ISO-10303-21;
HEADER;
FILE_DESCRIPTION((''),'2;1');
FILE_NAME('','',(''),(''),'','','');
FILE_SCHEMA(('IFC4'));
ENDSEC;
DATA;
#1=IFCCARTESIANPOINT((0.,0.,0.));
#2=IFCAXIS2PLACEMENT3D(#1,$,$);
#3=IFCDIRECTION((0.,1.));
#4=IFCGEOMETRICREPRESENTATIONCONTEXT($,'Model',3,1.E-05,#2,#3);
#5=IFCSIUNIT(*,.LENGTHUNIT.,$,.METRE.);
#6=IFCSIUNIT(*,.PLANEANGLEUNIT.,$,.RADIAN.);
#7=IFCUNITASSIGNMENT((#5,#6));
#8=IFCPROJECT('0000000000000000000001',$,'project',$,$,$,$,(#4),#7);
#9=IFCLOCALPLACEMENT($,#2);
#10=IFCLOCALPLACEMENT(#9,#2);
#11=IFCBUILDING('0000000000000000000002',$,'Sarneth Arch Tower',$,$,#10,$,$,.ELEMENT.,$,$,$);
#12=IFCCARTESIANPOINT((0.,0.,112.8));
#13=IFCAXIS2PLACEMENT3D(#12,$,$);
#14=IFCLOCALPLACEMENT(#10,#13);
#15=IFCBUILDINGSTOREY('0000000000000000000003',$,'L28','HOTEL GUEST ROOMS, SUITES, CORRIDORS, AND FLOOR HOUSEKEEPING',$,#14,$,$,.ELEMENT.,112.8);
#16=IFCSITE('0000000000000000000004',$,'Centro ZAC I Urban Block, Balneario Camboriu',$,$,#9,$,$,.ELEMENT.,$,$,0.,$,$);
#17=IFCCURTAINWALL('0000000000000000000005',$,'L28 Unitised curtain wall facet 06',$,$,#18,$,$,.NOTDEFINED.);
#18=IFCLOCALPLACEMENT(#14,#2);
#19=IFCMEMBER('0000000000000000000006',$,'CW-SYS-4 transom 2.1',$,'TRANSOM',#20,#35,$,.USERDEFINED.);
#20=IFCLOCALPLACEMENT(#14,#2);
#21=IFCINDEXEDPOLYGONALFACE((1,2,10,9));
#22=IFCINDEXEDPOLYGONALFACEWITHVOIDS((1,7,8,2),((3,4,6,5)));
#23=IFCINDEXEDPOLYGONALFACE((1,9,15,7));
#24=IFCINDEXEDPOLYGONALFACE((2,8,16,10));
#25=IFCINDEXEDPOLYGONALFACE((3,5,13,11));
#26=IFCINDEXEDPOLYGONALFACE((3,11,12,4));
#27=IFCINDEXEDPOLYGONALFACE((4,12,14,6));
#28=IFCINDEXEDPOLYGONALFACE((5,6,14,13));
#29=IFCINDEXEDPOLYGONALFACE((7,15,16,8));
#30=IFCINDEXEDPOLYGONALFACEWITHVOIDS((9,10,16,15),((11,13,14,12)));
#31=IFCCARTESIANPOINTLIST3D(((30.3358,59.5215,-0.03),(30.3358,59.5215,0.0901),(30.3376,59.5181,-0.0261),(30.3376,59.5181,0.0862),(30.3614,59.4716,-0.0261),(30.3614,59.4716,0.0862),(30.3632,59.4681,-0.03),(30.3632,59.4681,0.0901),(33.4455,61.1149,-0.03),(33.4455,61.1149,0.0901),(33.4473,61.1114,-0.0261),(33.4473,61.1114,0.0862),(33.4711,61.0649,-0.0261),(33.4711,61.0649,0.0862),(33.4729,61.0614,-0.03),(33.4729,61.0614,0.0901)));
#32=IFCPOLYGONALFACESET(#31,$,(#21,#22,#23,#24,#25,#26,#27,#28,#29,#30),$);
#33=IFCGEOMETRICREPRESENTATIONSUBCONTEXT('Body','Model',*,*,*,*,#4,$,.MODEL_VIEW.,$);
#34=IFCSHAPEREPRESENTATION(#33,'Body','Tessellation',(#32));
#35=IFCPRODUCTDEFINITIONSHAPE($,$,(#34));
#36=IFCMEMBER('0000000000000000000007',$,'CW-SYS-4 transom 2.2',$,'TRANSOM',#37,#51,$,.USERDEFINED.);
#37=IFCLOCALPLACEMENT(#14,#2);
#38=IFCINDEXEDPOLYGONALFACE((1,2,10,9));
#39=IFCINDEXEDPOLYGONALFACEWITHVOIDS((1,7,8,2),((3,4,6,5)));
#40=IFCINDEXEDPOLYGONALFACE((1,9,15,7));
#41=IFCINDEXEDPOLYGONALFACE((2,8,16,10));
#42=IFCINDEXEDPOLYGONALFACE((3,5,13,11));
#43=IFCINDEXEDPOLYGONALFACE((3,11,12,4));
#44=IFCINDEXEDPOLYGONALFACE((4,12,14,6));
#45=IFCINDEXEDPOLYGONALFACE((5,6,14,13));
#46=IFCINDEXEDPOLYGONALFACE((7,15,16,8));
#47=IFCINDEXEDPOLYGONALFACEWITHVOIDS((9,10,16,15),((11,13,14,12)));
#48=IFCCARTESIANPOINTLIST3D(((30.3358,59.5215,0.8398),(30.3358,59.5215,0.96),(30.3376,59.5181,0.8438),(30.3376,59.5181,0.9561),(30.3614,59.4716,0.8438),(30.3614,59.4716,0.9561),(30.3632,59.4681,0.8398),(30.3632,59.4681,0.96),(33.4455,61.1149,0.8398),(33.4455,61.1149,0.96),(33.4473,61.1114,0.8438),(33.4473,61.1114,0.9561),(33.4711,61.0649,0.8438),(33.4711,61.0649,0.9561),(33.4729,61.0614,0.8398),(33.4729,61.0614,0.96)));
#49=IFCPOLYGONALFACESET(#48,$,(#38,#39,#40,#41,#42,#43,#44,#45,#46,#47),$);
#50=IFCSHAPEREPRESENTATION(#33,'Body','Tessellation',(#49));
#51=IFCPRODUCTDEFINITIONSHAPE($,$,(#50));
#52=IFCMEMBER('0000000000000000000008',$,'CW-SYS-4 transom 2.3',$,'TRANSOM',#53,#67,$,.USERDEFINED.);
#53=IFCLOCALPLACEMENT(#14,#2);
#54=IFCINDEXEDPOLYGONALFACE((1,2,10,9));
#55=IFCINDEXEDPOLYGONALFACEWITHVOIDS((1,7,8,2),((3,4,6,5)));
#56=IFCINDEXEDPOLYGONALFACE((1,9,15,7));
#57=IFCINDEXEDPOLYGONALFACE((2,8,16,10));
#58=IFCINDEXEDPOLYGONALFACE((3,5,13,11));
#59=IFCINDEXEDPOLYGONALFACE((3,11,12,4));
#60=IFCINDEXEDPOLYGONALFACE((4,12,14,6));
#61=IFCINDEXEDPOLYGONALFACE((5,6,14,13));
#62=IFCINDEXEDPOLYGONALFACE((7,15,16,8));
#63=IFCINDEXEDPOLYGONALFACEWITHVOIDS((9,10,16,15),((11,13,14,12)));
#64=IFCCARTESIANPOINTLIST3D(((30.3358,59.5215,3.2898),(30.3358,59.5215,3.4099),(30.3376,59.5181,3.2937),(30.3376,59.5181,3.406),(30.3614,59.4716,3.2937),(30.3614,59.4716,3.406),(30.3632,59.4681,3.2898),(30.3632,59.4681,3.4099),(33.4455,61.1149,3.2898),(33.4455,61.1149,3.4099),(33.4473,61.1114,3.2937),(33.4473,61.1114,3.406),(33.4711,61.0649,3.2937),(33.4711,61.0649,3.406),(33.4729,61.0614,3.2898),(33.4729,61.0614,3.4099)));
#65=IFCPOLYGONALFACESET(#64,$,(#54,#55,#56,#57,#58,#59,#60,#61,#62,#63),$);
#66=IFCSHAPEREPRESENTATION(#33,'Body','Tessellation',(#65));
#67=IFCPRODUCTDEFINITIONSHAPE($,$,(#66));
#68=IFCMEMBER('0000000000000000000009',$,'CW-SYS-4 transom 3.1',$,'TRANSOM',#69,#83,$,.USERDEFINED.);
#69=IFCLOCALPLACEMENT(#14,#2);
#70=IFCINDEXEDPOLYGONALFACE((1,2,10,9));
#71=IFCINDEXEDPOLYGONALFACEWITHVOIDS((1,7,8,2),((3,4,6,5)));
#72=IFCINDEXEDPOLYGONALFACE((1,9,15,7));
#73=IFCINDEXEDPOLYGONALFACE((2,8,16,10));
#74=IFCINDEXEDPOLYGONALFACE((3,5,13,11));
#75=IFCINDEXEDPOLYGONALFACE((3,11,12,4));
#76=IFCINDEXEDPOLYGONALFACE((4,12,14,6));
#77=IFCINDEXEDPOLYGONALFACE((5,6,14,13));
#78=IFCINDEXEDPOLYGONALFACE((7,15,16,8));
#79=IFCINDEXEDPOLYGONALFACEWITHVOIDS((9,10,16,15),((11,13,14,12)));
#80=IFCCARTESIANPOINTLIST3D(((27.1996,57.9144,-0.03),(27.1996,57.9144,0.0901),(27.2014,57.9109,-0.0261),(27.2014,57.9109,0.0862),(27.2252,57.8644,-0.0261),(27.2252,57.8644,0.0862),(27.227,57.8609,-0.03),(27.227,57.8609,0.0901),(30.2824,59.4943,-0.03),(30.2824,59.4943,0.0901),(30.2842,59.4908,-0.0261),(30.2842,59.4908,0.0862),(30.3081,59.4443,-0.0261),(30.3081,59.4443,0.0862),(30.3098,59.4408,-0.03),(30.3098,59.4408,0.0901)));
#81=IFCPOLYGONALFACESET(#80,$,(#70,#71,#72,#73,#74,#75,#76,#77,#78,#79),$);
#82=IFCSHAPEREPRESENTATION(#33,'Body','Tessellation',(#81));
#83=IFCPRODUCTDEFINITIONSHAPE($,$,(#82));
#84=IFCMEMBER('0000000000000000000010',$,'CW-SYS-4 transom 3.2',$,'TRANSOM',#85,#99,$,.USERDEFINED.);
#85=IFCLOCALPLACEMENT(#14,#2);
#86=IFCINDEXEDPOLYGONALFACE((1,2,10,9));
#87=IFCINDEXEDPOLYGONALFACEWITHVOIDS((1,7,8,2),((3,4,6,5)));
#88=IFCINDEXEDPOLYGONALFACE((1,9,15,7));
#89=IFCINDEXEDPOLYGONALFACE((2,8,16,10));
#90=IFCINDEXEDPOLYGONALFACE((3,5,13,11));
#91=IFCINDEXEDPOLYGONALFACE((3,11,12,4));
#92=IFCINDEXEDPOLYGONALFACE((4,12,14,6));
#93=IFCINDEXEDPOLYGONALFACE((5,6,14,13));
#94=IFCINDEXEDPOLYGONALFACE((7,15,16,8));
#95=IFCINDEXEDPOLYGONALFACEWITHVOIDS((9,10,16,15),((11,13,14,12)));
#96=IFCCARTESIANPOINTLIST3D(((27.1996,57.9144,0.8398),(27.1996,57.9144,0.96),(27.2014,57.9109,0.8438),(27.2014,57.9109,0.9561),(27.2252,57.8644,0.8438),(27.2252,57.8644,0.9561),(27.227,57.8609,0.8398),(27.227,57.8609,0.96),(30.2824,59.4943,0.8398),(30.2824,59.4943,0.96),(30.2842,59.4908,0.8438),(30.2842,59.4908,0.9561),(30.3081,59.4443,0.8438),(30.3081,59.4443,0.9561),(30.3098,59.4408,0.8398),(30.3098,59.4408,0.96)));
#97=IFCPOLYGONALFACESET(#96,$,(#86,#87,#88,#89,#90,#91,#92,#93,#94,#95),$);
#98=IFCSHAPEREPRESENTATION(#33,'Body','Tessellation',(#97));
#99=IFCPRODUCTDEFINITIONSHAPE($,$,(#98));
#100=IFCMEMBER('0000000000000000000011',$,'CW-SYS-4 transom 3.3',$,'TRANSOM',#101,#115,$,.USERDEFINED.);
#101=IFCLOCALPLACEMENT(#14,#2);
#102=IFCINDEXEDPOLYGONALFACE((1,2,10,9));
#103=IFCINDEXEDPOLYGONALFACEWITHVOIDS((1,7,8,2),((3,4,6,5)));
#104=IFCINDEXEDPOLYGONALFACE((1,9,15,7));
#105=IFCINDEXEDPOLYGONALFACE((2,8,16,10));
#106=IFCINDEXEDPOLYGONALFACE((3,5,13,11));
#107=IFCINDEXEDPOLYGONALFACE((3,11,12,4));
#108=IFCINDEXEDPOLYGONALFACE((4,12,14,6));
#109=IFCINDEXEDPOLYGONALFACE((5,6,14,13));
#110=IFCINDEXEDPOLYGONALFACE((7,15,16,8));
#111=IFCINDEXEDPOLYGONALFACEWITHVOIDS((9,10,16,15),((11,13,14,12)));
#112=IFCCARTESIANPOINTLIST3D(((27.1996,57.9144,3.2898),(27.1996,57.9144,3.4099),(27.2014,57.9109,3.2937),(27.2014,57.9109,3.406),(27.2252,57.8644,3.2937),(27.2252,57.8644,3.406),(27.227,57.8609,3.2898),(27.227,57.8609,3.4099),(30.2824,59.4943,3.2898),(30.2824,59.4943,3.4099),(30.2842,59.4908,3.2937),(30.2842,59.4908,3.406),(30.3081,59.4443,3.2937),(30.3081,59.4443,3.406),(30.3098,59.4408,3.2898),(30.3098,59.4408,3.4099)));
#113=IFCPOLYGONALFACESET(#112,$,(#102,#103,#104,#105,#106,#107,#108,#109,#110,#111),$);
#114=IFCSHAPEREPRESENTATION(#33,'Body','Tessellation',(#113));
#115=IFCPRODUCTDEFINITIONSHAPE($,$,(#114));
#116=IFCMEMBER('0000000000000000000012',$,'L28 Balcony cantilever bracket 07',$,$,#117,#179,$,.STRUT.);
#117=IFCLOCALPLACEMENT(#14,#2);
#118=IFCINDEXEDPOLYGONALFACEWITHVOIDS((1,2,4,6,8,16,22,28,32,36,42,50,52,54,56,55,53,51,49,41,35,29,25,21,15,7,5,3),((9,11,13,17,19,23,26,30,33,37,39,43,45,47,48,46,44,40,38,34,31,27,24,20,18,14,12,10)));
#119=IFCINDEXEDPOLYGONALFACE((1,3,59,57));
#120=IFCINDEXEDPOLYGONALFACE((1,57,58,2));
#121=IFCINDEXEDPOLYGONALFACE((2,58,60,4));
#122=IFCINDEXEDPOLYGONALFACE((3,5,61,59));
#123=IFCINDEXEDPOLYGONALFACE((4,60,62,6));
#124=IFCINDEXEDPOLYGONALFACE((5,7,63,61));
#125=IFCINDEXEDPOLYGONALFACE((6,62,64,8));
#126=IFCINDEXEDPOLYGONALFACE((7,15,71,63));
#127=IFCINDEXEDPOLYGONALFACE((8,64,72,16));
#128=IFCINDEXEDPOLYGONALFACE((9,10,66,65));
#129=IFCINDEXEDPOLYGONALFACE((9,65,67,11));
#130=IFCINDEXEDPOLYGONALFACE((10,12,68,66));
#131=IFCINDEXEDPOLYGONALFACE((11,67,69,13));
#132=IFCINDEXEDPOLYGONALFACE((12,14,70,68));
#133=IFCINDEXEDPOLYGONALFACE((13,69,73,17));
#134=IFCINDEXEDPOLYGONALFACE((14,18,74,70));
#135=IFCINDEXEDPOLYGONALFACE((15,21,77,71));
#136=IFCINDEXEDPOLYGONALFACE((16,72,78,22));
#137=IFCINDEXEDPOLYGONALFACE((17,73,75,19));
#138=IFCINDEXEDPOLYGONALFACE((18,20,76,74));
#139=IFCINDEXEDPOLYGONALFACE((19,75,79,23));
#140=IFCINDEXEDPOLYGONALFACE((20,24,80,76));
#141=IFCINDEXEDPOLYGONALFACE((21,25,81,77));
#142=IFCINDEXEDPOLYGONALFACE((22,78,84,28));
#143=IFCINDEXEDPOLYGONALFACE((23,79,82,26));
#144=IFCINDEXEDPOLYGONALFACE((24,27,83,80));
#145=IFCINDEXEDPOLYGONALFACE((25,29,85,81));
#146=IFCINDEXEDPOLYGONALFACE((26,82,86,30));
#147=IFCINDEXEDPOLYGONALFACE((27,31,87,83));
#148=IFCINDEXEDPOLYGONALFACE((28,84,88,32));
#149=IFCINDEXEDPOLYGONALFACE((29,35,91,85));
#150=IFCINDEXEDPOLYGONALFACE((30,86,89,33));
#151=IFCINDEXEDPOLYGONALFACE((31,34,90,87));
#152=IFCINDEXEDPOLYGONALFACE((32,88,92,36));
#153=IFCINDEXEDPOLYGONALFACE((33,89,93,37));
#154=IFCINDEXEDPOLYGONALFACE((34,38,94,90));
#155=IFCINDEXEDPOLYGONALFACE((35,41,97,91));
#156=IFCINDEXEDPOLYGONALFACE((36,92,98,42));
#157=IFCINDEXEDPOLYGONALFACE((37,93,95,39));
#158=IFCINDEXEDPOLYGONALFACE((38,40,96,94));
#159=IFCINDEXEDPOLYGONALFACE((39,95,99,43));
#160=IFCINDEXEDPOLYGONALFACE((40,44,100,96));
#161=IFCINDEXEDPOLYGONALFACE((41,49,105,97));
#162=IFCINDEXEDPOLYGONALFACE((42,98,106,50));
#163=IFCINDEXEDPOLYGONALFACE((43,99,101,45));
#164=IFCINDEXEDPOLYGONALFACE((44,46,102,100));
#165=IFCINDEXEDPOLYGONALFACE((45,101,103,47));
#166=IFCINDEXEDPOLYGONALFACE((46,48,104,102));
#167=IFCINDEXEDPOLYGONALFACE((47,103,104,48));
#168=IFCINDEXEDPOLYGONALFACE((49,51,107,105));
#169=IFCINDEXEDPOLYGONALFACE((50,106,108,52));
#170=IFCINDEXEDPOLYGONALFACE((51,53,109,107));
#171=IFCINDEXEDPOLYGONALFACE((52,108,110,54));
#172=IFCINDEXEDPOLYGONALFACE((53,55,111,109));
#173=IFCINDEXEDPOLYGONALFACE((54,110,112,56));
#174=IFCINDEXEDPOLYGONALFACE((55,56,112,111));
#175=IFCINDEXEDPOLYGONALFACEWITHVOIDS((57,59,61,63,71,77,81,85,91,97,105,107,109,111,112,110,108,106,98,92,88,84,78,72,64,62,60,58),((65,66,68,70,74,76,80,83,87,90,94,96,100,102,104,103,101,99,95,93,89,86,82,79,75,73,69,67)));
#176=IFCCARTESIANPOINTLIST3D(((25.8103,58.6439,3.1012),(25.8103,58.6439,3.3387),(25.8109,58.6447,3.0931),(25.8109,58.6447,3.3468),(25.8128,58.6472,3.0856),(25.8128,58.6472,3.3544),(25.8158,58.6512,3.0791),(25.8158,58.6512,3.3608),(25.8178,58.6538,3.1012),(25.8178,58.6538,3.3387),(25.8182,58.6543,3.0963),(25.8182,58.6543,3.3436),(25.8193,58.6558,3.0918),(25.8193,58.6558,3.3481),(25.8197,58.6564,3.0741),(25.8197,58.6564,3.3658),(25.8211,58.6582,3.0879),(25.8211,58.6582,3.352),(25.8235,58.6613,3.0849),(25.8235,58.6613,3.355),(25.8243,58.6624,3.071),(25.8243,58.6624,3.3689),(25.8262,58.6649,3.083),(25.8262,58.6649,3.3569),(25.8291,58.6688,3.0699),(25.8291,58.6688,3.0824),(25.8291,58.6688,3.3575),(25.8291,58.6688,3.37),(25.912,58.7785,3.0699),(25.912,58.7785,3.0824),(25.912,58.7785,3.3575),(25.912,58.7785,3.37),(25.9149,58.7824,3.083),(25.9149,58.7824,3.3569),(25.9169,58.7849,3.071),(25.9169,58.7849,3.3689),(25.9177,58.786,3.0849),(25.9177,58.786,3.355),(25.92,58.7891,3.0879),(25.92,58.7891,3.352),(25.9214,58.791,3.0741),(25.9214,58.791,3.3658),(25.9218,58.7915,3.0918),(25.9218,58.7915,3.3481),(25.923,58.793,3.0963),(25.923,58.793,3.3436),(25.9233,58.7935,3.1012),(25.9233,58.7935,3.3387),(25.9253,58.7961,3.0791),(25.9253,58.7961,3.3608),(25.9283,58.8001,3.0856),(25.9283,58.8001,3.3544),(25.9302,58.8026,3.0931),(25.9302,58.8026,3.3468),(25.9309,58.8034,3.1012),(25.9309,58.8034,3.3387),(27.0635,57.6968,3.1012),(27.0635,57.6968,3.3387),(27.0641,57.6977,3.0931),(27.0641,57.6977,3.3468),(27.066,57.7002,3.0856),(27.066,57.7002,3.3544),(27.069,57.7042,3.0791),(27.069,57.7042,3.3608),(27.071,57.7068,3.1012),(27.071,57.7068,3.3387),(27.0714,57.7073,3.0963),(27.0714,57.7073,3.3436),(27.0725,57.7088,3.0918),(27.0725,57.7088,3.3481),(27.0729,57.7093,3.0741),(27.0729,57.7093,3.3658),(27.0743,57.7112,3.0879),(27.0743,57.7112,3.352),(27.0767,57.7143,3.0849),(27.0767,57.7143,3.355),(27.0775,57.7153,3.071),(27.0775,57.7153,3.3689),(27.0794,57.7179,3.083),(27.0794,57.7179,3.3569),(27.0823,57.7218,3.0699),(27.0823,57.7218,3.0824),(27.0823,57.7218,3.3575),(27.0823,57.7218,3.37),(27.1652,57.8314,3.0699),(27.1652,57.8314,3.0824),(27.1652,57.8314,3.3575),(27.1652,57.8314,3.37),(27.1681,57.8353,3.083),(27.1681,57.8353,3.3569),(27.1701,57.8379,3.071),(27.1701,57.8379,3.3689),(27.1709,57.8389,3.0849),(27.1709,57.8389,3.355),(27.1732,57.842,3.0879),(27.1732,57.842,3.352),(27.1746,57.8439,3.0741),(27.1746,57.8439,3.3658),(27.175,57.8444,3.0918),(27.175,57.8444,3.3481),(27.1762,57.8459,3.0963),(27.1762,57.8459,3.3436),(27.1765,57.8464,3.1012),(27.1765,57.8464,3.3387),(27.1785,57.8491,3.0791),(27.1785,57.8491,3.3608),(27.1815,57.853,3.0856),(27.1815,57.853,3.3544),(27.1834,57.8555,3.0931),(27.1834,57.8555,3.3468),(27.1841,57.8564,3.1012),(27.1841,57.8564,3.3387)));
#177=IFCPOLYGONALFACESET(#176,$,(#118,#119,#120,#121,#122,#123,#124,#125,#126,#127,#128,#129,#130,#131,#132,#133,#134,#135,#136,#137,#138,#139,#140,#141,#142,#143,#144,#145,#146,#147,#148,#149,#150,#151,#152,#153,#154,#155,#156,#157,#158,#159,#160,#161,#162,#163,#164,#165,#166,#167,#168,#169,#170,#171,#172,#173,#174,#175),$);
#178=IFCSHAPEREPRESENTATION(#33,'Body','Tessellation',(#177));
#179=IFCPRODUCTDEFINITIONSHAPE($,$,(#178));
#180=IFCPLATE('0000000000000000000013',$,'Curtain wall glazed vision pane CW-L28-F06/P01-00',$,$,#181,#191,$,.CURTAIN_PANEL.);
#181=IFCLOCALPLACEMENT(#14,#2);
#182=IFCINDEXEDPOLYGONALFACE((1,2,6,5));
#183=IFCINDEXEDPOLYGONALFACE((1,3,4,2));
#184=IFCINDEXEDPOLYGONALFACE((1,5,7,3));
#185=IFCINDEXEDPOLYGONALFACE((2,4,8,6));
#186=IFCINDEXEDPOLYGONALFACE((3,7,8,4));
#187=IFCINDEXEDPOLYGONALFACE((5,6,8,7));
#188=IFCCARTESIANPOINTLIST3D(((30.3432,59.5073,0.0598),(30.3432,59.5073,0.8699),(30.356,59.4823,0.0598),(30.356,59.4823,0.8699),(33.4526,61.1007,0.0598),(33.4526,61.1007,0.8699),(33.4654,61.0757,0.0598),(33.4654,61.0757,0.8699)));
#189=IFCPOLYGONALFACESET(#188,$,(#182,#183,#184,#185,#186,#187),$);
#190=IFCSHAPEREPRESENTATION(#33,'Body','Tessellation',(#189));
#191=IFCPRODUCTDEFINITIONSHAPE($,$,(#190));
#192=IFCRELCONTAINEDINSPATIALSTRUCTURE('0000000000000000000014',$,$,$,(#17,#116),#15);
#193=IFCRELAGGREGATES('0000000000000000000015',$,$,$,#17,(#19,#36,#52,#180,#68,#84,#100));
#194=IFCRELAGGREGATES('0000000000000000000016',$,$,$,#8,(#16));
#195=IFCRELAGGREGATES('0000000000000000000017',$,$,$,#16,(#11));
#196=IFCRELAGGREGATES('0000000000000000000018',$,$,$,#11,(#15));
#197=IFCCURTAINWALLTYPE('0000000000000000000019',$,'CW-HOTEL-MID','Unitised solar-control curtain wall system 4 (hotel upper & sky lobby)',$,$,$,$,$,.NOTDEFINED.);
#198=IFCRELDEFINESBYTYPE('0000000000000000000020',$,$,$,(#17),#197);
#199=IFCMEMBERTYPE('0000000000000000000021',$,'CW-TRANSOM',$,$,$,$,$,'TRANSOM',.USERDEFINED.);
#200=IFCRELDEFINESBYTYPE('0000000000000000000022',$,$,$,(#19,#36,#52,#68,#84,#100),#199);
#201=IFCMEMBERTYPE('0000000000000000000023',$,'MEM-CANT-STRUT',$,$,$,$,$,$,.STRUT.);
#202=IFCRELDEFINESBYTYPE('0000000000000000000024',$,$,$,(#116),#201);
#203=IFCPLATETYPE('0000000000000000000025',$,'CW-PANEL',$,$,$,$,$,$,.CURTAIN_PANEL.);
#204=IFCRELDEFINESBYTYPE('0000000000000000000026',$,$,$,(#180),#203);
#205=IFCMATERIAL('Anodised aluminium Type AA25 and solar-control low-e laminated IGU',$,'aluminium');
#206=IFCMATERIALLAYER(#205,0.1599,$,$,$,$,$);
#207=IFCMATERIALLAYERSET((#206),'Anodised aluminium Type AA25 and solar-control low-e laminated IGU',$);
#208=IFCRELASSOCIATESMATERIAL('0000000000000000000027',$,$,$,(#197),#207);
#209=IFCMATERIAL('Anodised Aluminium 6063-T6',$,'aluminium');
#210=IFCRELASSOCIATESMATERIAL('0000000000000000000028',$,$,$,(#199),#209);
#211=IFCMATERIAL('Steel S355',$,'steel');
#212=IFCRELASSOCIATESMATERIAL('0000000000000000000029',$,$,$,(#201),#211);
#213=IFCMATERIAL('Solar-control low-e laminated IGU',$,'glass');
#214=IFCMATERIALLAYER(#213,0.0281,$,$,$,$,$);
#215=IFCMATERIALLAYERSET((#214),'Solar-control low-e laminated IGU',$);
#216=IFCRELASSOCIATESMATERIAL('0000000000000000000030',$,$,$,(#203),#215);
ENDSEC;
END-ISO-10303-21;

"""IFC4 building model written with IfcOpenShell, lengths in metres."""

from ifc_helpers import new_model, si_unit, direction, frame, origin, origin_2d, place, context, subcontext, project, spatial, rectangle, hollow_rectangle, extrude, material, layer, layer_set, material_profile, profile_set, type_object, element, aggregate, save


model = new_model("IFC4")

# Units and contexts
model_context = context("Model", 3, precision=1e-05, world=origin(), true_north=direction((0.0, 1.0)))
body_context = subcontext(model_context, "Body", "Model", "MODEL_VIEW")
ifc_project = project(units=[si_unit("LENGTHUNIT", "METRE"), si_unit("PLANEANGLEUNIT", "RADIAN")], contexts=[model_context])

# Site, building, storey
site_placement = place(None, origin())
site = spatial("IfcSite", under=ifc_project, at=site_placement, Name="Centro ZAC I Urban Block, Balneario Camboriu", CompositionType="ELEMENT", RefElevation=0.0)
building_placement = place(site_placement, origin())
building = spatial("IfcBuilding", under=site, at=building_placement, Name="Sarneth Arch Tower", CompositionType="ELEMENT")
storey_placement = place(building_placement, frame((0.0, 0.0, 112.8)))
storey = spatial("IfcBuildingStorey", under=building, at=storey_placement, Name="L28", Description="HOTEL GUEST ROOMS, SUITES, CORRIDORS, AND FLOOR HOUSEKEEPING", CompositionType="ELEMENT", Elevation=112.8)

# Curtain wall, members
ifc_material_1 = material(Name="Anodised aluminium Type AA25 and solar-control low-e laminated IGU", Category="aluminium")
ifc_layer_1 = layer(ifc_material_1, 0.1599)
ifc_layer_set_1 = layer_set([ifc_layer_1], Name="Anodised aluminium Type AA25 and solar-control low-e laminated IGU")
curtain_wall_type = type_object("IfcCurtainWallType", Name="CW-HOTEL-MID", Description="Unitised solar-control curtain wall system 4 (hotel upper & sky lobby)", PredefinedType="NOTDEFINED", material=ifc_layer_set_1)
curtain_wall_placement = place(storey_placement, origin())
curtain_wall = element("IfcCurtainWall", 1, at=curtain_wall_placement, inside=storey, type_object=curtain_wall_type, Name="L28 Unitised curtain wall facet 06", PredefinedType="NOTDEFINED")
ifc_material_2 = material(Name="Anodised Aluminium 6063-T6", Category="aluminium")
ifc_material_profile_1 = material_profile(ifc_material_2, hollow_rectangle(XDim=0.0601, YDim=0.1201, WallThickness=0.0039, at=origin_2d()), Name="AL-TRAN-120x60x4")
ifc_profile_set_1 = profile_set([ifc_material_profile_1], Name="Anodised Aluminium 6063-T6")
member_type_1 = type_object("IfcMemberType", Name="CW-TRANSOM", ElementType="TRANSOM", PredefinedType="USERDEFINED", material=ifc_profile_set_1)
member_1_placement = place(storey_placement, frame((33.4592, 61.0881, 0.03), z_axis=(-0.889982, -0.455996, 0.0), x_axis=(0.455996, -0.889982, 0.0)))
member_1 = element("IfcMember", 2, at=member_1_placement, type_object=member_type_1, Name="CW-SYS-4 transom 2.1", ObjectType="TRANSOM", PredefinedType="USERDEFINED", context=body_context, shape_type="SweptSolid", body=[
    extrude(hollow_rectangle(XDim=0.0601, YDim=0.1201, WallThickness=0.0039, at=origin_2d()), origin(), (0.0, 0.0, 1.0), 3.4941),
])
member_2_placement = place(storey_placement, frame((33.4592, 61.0881, 0.8999), z_axis=(-0.889982, -0.455996, 0.0), x_axis=(0.455996, -0.889982, 0.0)))
member_2 = element("IfcMember", 3, at=member_2_placement, type_object=member_type_1, Name="CW-SYS-4 transom 2.2", ObjectType="TRANSOM", PredefinedType="USERDEFINED", context=body_context, shape_type="SweptSolid", body=[
    extrude(hollow_rectangle(XDim=0.0601, YDim=0.1201, WallThickness=0.0039, at=origin_2d()), origin(), (0.0, 0.0, 1.0), 3.4941),
])
member_3_placement = place(storey_placement, frame((33.4592, 61.0881, 3.3499), z_axis=(-0.889982, -0.455996, 0.0), x_axis=(0.455996, -0.889982, 0.0)))
member_3 = element("IfcMember", 4, at=member_3_placement, type_object=member_type_1, Name="CW-SYS-4 transom 2.3", ObjectType="TRANSOM", PredefinedType="USERDEFINED", context=body_context, shape_type="SweptSolid", body=[
    extrude(hollow_rectangle(XDim=0.0601, YDim=0.1201, WallThickness=0.0039, at=origin_2d()), origin(), (0.0, 0.0, 1.0), 3.4941),
])
member_4_placement = place(storey_placement, frame((30.2961, 59.4675, 0.03), z_axis=(-0.889943, -0.456072, 0.0), x_axis=(0.456072, -0.889943, 0.0)))
member_4 = element("IfcMember", 5, at=member_4_placement, type_object=member_type_1, Name="CW-SYS-4 transom 3.1", ObjectType="TRANSOM", PredefinedType="USERDEFINED", context=body_context, shape_type="SweptSolid", body=[
    extrude(hollow_rectangle(XDim=0.0601, YDim=0.1201, WallThickness=0.0039, at=origin_2d()), origin(), (0.0, 0.0, 1.0), 3.4641),
])
member_5_placement = place(storey_placement, frame((30.2961, 59.4675, 0.8999), z_axis=(-0.889943, -0.456072, 0.0), x_axis=(0.456072, -0.889943, 0.0)))
member_5 = element("IfcMember", 6, at=member_5_placement, type_object=member_type_1, Name="CW-SYS-4 transom 3.2", ObjectType="TRANSOM", PredefinedType="USERDEFINED", context=body_context, shape_type="SweptSolid", body=[
    extrude(hollow_rectangle(XDim=0.0601, YDim=0.1201, WallThickness=0.0039, at=origin_2d()), origin(), (0.0, 0.0, 1.0), 3.4641),
])
member_6_placement = place(storey_placement, frame((30.2961, 59.4675, 3.3499), z_axis=(-0.889943, -0.456072, 0.0), x_axis=(0.456072, -0.889943, 0.0)))
member_6 = element("IfcMember", 7, at=member_6_placement, type_object=member_type_1, Name="CW-SYS-4 transom 3.3", ObjectType="TRANSOM", PredefinedType="USERDEFINED", context=body_context, shape_type="SweptSolid", body=[
    extrude(hollow_rectangle(XDim=0.0601, YDim=0.1201, WallThickness=0.0039, at=origin_2d()), origin(), (0.0, 0.0, 1.0), 3.4641),
])

# Member
ifc_material_3 = material(Name="Steel S355", Category="steel")
ifc_material_profile_2 = material_profile(ifc_material_3, hollow_rectangle(XDim=0.2, YDim=0.3, WallThickness=0.0125, InnerFilletRadius=0.0188, OuterFilletRadius=0.0312, at=origin_2d()), Name="RHS300x200x12.5")
ifc_profile_set_2 = profile_set([ifc_material_profile_2], Name="Steel S355")
member_type_2 = type_object("IfcMemberType", Name="MEM-CANT-STRUT", PredefinedType="STRUT", material=ifc_profile_set_2)
member_7_placement = place(storey_placement, frame((27.1238, 57.7766, 3.22), z_axis=(-0.797812, 0.602906, 0.0), x_axis=(-0.602906, -0.797812, 0.0)))
element("IfcMember", 8, at=member_7_placement, inside=storey, type_object=member_type_2, Name="L28 Balcony cantilever bracket 07", PredefinedType="STRUT", context=body_context, shape_type="SweptSolid", body=[
    extrude(hollow_rectangle(XDim=0.2, YDim=0.3, WallThickness=0.0125, InnerFilletRadius=0.0188, OuterFilletRadius=0.0312, at=origin_2d()), origin(), (0.0, 0.0, 1.0), 1.5708),
])

# Plate
ifc_material_4 = material(Name="Solar-control low-e laminated IGU", Category="glass")
ifc_layer_2 = layer(ifc_material_4, 0.0281)
ifc_layer_set_2 = layer_set([ifc_layer_2], Name="Solar-control low-e laminated IGU")
plate_type_1 = type_object("IfcPlateType", Name="CW-PANEL", PredefinedType="CURTAIN_PANEL", material=ifc_layer_set_2)
plate_1_placement = place(storey_placement, frame((31.9043, 60.2915, 0.0598), z_axis=(0.0, 0.0, 1.0), x_axis=(-0.889964, -0.456031, 0.0)))
plate_1 = element("IfcPlate", 9, at=plate_1_placement, type_object=plate_type_1, Name="Curtain wall glazed vision pane CW-L28-F06/P01-00", PredefinedType="CURTAIN_PANEL", context=body_context, shape_type="SweptSolid", body=[
    extrude(rectangle(XDim=3.4939, YDim=0.0281, at=origin_2d()), origin(), (0.0, 0.0, 1.0), 0.8101),
])
aggregate(curtain_wall, [member_1, member_2, member_3, plate_1, member_4, member_5, member_6])

save(model, "model.ifc")
